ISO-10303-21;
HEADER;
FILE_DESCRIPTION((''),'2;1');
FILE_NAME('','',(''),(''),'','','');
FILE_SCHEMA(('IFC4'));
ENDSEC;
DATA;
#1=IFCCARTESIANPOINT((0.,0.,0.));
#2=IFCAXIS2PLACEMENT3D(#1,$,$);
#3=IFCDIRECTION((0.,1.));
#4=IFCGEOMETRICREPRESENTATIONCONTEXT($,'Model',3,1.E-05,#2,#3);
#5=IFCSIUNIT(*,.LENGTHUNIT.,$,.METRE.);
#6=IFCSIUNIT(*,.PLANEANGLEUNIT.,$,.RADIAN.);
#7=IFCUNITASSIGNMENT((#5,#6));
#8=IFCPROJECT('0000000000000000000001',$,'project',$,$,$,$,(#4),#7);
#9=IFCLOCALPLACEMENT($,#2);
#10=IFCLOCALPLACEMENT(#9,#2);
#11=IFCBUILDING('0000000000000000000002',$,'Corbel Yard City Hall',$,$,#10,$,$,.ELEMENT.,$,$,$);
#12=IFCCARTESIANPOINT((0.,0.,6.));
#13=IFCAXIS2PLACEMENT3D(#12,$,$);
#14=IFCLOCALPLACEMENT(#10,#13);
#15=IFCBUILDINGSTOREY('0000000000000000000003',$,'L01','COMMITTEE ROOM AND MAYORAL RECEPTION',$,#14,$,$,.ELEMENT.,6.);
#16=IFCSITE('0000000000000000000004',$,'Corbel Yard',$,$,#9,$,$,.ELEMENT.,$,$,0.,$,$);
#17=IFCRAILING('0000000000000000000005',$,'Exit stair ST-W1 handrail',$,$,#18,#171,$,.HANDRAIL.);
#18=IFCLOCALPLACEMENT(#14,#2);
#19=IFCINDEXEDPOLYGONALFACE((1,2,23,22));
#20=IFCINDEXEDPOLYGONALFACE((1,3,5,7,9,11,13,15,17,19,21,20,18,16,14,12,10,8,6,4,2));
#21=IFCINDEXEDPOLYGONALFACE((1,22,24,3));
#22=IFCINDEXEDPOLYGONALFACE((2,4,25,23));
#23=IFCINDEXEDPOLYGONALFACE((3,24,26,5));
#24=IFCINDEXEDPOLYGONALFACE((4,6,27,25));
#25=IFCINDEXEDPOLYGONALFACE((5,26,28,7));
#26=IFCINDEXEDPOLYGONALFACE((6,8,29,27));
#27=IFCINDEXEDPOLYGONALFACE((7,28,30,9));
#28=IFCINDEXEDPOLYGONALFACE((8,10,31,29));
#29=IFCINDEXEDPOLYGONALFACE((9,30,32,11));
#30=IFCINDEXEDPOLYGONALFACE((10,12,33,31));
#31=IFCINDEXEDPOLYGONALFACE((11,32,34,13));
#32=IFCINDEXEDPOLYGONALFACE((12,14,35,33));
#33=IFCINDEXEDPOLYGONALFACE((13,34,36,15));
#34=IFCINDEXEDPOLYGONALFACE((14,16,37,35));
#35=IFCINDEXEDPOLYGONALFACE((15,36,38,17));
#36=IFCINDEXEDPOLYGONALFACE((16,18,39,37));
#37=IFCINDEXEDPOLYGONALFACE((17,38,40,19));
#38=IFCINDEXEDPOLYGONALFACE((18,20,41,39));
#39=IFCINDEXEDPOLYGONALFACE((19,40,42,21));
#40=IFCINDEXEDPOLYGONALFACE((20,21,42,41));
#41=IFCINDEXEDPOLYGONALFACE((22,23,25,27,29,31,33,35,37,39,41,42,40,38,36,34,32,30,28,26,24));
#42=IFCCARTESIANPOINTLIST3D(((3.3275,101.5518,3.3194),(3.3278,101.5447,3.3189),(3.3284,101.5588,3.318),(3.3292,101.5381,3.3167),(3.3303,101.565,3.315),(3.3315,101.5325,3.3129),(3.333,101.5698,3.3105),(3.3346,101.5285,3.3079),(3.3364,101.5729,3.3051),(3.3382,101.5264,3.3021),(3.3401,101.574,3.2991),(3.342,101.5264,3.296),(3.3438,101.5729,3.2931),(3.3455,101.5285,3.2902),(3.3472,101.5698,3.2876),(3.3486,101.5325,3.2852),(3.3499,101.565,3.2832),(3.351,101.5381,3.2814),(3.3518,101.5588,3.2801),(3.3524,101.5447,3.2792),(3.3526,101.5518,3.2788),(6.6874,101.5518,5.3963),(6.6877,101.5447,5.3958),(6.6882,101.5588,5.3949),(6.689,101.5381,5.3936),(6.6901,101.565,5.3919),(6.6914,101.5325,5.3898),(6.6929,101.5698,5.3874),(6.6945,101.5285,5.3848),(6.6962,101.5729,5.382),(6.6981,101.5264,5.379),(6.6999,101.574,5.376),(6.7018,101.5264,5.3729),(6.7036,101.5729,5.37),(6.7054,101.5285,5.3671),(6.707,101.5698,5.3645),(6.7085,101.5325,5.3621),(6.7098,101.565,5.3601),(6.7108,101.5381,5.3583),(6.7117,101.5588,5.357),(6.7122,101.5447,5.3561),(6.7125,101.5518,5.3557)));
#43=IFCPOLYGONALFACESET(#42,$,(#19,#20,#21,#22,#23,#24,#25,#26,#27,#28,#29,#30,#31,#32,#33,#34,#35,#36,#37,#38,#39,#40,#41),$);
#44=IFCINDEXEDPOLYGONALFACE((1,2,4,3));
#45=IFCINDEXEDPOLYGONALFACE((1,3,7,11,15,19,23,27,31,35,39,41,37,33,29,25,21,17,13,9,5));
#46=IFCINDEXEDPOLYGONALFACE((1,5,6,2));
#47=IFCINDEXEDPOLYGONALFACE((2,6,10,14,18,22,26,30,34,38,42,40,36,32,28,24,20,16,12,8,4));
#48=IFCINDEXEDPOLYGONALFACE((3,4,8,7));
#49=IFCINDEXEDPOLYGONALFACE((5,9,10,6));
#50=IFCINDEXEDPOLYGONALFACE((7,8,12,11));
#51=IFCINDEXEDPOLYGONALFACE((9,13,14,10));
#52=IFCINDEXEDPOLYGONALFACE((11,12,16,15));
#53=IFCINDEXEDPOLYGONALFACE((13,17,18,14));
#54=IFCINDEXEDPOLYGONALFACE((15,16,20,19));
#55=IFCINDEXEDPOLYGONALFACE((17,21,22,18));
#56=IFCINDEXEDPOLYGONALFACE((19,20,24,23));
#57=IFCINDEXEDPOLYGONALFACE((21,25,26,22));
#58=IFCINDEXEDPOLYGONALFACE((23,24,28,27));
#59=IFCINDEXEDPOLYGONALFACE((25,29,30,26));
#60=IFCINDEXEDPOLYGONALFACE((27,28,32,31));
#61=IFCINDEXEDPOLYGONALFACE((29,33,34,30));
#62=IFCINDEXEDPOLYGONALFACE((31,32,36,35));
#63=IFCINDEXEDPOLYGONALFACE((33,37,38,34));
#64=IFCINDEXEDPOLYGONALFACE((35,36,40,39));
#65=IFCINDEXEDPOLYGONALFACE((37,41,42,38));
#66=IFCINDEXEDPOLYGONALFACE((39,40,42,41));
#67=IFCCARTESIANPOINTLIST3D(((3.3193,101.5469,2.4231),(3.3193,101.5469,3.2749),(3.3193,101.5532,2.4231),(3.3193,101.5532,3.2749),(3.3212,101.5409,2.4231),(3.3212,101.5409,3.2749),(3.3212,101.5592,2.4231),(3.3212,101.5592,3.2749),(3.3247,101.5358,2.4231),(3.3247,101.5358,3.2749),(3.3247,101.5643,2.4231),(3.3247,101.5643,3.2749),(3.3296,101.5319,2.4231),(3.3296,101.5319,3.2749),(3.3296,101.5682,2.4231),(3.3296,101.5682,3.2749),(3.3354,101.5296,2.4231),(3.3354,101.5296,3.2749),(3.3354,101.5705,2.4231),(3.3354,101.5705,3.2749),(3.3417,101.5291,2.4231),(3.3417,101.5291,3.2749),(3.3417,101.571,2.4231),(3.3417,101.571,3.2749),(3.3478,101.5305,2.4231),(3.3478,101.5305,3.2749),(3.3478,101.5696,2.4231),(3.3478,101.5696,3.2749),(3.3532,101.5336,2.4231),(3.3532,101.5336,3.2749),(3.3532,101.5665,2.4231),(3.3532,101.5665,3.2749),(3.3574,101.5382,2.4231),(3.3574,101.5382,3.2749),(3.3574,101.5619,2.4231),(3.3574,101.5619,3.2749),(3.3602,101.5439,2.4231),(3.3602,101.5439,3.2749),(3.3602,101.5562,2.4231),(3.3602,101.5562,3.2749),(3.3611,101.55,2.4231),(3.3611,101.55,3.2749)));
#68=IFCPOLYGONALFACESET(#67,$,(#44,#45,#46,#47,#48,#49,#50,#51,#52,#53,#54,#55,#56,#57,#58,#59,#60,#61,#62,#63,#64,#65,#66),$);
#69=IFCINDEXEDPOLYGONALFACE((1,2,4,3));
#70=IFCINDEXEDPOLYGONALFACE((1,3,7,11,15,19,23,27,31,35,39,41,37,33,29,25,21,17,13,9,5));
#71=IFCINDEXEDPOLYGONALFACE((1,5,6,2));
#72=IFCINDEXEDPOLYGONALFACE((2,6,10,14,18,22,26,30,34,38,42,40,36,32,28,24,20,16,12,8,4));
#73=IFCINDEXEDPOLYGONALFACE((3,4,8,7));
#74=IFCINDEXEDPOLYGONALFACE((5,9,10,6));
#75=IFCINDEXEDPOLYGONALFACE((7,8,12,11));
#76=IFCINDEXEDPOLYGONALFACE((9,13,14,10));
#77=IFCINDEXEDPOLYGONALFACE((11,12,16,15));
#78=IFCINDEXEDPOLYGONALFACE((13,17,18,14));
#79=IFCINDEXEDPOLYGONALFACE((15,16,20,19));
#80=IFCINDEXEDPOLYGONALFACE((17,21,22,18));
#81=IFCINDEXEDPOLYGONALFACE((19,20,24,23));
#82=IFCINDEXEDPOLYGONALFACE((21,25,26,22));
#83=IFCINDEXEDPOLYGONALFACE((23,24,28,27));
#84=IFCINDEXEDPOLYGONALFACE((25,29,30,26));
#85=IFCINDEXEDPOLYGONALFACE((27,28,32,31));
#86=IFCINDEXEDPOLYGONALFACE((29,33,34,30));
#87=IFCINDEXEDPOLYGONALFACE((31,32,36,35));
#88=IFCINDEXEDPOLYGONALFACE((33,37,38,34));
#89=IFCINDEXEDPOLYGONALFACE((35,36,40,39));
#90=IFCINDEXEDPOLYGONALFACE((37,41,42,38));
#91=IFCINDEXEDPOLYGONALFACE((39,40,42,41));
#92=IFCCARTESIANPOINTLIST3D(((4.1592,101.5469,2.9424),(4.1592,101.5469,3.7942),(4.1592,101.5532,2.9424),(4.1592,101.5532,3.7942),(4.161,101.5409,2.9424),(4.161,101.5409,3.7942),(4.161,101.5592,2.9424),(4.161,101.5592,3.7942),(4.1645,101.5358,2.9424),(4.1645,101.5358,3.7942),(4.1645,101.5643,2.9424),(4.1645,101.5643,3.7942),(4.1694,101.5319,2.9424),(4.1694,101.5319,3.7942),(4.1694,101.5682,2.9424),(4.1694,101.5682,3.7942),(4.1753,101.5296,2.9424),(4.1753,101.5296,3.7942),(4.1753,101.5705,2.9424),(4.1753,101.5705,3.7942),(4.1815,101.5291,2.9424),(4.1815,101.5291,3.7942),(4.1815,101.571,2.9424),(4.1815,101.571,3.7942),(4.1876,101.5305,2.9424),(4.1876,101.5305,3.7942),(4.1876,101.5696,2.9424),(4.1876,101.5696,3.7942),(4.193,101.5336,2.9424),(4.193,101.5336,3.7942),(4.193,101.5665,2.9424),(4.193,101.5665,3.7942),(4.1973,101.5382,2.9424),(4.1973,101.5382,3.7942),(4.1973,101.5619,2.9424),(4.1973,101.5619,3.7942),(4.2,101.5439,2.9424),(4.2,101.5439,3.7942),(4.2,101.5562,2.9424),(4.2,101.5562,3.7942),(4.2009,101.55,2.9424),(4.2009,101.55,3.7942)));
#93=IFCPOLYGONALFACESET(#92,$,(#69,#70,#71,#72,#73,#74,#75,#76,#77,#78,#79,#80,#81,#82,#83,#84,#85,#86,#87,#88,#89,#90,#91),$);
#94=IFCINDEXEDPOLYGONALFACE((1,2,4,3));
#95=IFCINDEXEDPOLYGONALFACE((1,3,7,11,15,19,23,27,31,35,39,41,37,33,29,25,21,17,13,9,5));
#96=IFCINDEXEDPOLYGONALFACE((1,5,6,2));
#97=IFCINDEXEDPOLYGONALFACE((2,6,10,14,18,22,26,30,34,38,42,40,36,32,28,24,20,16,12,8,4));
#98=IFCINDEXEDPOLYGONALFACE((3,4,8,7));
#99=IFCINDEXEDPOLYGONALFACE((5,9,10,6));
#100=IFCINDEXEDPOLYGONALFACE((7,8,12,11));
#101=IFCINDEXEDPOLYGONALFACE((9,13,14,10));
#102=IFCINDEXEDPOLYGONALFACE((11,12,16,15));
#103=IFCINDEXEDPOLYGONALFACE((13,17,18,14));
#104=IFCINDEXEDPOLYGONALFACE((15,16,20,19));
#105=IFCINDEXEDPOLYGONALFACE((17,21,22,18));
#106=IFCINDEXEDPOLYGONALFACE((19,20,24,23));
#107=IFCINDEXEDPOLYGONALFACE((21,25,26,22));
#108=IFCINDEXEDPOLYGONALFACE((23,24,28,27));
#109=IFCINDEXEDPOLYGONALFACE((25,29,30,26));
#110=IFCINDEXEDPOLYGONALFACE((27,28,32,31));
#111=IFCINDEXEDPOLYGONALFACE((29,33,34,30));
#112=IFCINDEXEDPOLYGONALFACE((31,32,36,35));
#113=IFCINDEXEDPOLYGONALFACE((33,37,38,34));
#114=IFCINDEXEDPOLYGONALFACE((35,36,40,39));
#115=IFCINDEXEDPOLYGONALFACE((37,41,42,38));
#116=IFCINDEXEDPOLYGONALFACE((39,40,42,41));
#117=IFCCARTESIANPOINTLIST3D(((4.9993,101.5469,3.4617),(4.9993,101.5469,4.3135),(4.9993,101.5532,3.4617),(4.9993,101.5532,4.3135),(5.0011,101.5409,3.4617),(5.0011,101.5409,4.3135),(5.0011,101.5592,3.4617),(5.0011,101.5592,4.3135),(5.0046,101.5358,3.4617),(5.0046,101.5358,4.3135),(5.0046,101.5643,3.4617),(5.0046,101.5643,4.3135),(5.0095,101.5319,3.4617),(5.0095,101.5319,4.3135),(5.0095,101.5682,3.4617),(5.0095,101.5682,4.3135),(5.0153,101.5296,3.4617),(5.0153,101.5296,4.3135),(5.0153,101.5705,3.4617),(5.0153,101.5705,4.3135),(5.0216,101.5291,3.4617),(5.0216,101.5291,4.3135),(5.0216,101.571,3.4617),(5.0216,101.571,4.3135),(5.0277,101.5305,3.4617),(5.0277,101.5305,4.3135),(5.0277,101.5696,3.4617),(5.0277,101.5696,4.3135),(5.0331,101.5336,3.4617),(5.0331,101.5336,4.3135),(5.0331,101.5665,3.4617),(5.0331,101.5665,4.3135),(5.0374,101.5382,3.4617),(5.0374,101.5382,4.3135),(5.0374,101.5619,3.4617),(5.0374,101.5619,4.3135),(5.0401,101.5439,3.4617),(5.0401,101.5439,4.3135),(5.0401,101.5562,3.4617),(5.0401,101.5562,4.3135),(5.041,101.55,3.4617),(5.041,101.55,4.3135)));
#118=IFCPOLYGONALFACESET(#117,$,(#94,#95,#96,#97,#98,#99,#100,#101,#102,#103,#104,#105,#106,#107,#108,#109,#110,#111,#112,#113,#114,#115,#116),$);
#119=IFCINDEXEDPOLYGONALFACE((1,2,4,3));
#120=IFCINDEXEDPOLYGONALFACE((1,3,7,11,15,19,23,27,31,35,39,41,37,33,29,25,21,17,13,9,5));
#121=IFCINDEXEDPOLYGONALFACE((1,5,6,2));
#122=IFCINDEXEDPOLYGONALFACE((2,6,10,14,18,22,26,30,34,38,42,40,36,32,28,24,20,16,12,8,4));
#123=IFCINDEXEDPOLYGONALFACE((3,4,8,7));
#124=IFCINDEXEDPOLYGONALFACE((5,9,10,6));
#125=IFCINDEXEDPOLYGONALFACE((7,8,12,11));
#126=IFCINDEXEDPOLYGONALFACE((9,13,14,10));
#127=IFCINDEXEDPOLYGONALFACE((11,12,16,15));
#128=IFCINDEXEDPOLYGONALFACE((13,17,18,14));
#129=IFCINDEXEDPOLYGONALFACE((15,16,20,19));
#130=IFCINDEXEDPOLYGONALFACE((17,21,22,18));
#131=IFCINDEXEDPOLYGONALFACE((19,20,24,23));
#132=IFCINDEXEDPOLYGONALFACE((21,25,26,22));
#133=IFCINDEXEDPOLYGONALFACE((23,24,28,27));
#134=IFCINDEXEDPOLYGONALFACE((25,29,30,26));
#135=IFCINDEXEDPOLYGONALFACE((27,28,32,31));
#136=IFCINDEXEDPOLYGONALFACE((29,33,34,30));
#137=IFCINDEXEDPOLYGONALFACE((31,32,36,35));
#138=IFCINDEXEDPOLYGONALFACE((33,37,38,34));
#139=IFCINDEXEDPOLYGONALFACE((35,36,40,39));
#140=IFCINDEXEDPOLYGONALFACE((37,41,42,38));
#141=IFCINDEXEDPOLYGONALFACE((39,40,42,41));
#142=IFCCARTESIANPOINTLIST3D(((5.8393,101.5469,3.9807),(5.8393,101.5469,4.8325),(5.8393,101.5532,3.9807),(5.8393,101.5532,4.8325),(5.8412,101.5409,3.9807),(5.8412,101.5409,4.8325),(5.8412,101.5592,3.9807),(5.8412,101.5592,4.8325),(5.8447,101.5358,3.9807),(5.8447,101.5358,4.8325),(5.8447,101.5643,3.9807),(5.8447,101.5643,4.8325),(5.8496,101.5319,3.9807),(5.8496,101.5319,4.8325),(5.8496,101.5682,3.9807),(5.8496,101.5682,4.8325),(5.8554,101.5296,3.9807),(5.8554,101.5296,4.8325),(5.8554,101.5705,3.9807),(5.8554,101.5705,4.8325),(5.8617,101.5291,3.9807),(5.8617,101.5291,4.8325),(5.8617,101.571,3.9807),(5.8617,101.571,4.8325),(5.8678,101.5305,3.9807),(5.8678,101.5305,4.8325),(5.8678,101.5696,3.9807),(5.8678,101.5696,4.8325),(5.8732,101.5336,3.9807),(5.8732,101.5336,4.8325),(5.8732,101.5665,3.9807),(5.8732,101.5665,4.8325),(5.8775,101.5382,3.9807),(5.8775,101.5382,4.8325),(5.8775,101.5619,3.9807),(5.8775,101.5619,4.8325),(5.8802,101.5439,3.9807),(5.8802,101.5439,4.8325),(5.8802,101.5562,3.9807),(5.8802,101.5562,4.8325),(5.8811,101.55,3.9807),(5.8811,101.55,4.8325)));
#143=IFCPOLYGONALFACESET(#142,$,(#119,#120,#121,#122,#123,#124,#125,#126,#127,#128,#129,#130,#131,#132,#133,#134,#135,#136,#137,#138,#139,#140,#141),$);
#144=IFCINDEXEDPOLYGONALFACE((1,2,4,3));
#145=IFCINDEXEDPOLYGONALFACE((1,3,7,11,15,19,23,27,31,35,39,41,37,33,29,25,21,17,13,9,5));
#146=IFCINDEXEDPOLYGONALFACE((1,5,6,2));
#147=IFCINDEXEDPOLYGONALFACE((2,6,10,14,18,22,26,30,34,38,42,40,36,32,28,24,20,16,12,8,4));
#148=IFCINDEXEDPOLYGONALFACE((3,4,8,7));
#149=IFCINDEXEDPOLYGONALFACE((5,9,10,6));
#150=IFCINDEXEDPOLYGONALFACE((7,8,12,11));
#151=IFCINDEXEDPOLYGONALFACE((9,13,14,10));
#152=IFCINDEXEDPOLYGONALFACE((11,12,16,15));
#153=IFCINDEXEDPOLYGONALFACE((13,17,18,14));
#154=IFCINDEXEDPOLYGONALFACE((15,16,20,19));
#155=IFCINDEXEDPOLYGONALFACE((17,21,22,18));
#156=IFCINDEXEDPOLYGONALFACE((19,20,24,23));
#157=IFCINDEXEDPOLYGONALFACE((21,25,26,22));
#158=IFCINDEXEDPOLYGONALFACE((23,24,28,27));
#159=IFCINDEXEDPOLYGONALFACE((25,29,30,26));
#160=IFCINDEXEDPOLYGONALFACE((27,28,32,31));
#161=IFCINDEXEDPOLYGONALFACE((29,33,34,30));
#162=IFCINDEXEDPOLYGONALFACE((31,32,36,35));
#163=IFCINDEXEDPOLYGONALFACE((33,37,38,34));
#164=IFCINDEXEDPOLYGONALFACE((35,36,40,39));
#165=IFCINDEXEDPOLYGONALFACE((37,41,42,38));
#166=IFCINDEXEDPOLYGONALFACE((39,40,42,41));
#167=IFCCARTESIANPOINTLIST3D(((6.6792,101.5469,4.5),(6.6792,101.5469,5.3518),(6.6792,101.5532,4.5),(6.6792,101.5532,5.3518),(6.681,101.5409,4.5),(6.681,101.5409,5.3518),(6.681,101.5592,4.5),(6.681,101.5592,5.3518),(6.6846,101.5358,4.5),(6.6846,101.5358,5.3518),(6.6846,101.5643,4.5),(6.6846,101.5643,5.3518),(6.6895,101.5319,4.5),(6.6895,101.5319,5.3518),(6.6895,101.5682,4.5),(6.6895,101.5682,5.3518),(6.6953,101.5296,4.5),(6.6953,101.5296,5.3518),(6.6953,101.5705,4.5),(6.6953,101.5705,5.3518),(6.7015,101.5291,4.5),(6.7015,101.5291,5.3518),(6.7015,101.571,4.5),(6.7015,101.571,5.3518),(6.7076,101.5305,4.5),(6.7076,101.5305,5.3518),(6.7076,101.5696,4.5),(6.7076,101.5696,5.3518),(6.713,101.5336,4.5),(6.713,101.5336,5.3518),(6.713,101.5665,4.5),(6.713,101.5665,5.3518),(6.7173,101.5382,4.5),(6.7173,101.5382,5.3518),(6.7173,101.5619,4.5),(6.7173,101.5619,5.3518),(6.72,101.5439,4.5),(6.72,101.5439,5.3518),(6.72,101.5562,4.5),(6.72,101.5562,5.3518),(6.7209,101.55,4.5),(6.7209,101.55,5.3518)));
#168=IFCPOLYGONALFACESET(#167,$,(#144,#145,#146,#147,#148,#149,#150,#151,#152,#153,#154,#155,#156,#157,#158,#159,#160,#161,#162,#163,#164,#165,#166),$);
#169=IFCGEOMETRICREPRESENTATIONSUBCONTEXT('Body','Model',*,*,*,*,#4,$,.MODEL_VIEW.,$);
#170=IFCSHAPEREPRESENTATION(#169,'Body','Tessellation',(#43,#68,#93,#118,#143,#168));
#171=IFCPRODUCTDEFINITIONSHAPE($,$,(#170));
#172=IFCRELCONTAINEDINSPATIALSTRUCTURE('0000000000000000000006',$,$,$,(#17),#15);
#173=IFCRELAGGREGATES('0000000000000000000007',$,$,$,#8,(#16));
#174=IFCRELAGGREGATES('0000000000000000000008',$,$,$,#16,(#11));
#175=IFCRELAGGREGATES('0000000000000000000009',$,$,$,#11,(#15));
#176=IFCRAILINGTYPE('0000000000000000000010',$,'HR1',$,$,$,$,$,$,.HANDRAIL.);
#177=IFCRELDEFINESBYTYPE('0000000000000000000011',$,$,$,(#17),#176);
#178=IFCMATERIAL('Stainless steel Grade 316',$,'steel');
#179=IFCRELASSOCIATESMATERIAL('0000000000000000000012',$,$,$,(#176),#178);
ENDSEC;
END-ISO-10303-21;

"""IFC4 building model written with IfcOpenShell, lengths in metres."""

from ifc_helpers import new_model, si_unit, direction, frame, origin, origin_2d, place, context, subcontext, project, spatial, circle, extrude, material, type_object, element, save


model = new_model("IFC4")

# Units and contexts
model_context = context("Model", 3, precision=1e-05, world=origin(), true_north=direction((0.0, 1.0)))
body_context = subcontext(model_context, "Body", "Model", "MODEL_VIEW")
ifc_project = project(units=[si_unit("LENGTHUNIT", "METRE"), si_unit("PLANEANGLEUNIT", "RADIAN")], contexts=[model_context])

# Site, building, storey
site_placement = place(None, origin())
site = spatial("IfcSite", under=ifc_project, at=site_placement, Name="Corbel Yard", CompositionType="ELEMENT", RefElevation=0.0)
building_placement = place(site_placement, origin())
building = spatial("IfcBuilding", under=site, at=building_placement, Name="Corbel Yard City Hall", CompositionType="ELEMENT")
storey_placement = place(building_placement, frame((0.0, 0.0, 6.0)))
storey = spatial("IfcBuildingStorey", under=building, at=storey_placement, Name="L01", Description="COMMITTEE ROOM AND MAYORAL RECEPTION", CompositionType="ELEMENT", Elevation=6.0)

# Shared definitions
ifc_material_1 = material(Name="Stainless steel Grade 316", Category="steel")

# Railing
railing_type = type_object("IfcRailingType", Name="HR1", PredefinedType="HANDRAIL", material=ifc_material_1)
for number, where, name in (
    (1, (3.3401, 101.55, 2.4231), "Exit stair ST-W1 handrail"),
):
    element("IfcRailing", number, at=place(storey_placement, frame(where)), inside=storey, type_object=railing_type, Name=name, PredefinedType="HANDRAIL", context=body_context, shape_type="SweptSolid", body=[
        extrude(circle(Radius=0.0239, at=origin_2d()), frame((0.0, 0.0, 0.876), z_axis=(0.850606, 0.0, 0.525803), x_axis=(0.0, 1.0, 0.0)), (0.0, 0.0, 1.0), 3.95),
        extrude(circle(Radius=0.021, at=origin_2d()), origin(), (0.0, 0.0, 1.0), 0.8518),
        extrude(circle(Radius=0.021, at=origin_2d()), frame((0.8398, 0.0, 0.5193)), (0.0, 0.0, 1.0), 0.8518),
        extrude(circle(Radius=0.021, at=origin_2d()), frame((1.6799, 0.0, 1.0386)), (0.0, 0.0, 1.0), 0.8518),
        extrude(circle(Radius=0.021, at=origin_2d()), frame((2.52, 0.0, 1.5576)), (0.0, 0.0, 1.0), 0.8518),
        extrude(circle(Radius=0.021, at=origin_2d()), frame((3.3599, 0.0, 2.0769)), (0.0, 0.0, 1.0), 0.8518),
    ])

save(model, "model.ifc")
